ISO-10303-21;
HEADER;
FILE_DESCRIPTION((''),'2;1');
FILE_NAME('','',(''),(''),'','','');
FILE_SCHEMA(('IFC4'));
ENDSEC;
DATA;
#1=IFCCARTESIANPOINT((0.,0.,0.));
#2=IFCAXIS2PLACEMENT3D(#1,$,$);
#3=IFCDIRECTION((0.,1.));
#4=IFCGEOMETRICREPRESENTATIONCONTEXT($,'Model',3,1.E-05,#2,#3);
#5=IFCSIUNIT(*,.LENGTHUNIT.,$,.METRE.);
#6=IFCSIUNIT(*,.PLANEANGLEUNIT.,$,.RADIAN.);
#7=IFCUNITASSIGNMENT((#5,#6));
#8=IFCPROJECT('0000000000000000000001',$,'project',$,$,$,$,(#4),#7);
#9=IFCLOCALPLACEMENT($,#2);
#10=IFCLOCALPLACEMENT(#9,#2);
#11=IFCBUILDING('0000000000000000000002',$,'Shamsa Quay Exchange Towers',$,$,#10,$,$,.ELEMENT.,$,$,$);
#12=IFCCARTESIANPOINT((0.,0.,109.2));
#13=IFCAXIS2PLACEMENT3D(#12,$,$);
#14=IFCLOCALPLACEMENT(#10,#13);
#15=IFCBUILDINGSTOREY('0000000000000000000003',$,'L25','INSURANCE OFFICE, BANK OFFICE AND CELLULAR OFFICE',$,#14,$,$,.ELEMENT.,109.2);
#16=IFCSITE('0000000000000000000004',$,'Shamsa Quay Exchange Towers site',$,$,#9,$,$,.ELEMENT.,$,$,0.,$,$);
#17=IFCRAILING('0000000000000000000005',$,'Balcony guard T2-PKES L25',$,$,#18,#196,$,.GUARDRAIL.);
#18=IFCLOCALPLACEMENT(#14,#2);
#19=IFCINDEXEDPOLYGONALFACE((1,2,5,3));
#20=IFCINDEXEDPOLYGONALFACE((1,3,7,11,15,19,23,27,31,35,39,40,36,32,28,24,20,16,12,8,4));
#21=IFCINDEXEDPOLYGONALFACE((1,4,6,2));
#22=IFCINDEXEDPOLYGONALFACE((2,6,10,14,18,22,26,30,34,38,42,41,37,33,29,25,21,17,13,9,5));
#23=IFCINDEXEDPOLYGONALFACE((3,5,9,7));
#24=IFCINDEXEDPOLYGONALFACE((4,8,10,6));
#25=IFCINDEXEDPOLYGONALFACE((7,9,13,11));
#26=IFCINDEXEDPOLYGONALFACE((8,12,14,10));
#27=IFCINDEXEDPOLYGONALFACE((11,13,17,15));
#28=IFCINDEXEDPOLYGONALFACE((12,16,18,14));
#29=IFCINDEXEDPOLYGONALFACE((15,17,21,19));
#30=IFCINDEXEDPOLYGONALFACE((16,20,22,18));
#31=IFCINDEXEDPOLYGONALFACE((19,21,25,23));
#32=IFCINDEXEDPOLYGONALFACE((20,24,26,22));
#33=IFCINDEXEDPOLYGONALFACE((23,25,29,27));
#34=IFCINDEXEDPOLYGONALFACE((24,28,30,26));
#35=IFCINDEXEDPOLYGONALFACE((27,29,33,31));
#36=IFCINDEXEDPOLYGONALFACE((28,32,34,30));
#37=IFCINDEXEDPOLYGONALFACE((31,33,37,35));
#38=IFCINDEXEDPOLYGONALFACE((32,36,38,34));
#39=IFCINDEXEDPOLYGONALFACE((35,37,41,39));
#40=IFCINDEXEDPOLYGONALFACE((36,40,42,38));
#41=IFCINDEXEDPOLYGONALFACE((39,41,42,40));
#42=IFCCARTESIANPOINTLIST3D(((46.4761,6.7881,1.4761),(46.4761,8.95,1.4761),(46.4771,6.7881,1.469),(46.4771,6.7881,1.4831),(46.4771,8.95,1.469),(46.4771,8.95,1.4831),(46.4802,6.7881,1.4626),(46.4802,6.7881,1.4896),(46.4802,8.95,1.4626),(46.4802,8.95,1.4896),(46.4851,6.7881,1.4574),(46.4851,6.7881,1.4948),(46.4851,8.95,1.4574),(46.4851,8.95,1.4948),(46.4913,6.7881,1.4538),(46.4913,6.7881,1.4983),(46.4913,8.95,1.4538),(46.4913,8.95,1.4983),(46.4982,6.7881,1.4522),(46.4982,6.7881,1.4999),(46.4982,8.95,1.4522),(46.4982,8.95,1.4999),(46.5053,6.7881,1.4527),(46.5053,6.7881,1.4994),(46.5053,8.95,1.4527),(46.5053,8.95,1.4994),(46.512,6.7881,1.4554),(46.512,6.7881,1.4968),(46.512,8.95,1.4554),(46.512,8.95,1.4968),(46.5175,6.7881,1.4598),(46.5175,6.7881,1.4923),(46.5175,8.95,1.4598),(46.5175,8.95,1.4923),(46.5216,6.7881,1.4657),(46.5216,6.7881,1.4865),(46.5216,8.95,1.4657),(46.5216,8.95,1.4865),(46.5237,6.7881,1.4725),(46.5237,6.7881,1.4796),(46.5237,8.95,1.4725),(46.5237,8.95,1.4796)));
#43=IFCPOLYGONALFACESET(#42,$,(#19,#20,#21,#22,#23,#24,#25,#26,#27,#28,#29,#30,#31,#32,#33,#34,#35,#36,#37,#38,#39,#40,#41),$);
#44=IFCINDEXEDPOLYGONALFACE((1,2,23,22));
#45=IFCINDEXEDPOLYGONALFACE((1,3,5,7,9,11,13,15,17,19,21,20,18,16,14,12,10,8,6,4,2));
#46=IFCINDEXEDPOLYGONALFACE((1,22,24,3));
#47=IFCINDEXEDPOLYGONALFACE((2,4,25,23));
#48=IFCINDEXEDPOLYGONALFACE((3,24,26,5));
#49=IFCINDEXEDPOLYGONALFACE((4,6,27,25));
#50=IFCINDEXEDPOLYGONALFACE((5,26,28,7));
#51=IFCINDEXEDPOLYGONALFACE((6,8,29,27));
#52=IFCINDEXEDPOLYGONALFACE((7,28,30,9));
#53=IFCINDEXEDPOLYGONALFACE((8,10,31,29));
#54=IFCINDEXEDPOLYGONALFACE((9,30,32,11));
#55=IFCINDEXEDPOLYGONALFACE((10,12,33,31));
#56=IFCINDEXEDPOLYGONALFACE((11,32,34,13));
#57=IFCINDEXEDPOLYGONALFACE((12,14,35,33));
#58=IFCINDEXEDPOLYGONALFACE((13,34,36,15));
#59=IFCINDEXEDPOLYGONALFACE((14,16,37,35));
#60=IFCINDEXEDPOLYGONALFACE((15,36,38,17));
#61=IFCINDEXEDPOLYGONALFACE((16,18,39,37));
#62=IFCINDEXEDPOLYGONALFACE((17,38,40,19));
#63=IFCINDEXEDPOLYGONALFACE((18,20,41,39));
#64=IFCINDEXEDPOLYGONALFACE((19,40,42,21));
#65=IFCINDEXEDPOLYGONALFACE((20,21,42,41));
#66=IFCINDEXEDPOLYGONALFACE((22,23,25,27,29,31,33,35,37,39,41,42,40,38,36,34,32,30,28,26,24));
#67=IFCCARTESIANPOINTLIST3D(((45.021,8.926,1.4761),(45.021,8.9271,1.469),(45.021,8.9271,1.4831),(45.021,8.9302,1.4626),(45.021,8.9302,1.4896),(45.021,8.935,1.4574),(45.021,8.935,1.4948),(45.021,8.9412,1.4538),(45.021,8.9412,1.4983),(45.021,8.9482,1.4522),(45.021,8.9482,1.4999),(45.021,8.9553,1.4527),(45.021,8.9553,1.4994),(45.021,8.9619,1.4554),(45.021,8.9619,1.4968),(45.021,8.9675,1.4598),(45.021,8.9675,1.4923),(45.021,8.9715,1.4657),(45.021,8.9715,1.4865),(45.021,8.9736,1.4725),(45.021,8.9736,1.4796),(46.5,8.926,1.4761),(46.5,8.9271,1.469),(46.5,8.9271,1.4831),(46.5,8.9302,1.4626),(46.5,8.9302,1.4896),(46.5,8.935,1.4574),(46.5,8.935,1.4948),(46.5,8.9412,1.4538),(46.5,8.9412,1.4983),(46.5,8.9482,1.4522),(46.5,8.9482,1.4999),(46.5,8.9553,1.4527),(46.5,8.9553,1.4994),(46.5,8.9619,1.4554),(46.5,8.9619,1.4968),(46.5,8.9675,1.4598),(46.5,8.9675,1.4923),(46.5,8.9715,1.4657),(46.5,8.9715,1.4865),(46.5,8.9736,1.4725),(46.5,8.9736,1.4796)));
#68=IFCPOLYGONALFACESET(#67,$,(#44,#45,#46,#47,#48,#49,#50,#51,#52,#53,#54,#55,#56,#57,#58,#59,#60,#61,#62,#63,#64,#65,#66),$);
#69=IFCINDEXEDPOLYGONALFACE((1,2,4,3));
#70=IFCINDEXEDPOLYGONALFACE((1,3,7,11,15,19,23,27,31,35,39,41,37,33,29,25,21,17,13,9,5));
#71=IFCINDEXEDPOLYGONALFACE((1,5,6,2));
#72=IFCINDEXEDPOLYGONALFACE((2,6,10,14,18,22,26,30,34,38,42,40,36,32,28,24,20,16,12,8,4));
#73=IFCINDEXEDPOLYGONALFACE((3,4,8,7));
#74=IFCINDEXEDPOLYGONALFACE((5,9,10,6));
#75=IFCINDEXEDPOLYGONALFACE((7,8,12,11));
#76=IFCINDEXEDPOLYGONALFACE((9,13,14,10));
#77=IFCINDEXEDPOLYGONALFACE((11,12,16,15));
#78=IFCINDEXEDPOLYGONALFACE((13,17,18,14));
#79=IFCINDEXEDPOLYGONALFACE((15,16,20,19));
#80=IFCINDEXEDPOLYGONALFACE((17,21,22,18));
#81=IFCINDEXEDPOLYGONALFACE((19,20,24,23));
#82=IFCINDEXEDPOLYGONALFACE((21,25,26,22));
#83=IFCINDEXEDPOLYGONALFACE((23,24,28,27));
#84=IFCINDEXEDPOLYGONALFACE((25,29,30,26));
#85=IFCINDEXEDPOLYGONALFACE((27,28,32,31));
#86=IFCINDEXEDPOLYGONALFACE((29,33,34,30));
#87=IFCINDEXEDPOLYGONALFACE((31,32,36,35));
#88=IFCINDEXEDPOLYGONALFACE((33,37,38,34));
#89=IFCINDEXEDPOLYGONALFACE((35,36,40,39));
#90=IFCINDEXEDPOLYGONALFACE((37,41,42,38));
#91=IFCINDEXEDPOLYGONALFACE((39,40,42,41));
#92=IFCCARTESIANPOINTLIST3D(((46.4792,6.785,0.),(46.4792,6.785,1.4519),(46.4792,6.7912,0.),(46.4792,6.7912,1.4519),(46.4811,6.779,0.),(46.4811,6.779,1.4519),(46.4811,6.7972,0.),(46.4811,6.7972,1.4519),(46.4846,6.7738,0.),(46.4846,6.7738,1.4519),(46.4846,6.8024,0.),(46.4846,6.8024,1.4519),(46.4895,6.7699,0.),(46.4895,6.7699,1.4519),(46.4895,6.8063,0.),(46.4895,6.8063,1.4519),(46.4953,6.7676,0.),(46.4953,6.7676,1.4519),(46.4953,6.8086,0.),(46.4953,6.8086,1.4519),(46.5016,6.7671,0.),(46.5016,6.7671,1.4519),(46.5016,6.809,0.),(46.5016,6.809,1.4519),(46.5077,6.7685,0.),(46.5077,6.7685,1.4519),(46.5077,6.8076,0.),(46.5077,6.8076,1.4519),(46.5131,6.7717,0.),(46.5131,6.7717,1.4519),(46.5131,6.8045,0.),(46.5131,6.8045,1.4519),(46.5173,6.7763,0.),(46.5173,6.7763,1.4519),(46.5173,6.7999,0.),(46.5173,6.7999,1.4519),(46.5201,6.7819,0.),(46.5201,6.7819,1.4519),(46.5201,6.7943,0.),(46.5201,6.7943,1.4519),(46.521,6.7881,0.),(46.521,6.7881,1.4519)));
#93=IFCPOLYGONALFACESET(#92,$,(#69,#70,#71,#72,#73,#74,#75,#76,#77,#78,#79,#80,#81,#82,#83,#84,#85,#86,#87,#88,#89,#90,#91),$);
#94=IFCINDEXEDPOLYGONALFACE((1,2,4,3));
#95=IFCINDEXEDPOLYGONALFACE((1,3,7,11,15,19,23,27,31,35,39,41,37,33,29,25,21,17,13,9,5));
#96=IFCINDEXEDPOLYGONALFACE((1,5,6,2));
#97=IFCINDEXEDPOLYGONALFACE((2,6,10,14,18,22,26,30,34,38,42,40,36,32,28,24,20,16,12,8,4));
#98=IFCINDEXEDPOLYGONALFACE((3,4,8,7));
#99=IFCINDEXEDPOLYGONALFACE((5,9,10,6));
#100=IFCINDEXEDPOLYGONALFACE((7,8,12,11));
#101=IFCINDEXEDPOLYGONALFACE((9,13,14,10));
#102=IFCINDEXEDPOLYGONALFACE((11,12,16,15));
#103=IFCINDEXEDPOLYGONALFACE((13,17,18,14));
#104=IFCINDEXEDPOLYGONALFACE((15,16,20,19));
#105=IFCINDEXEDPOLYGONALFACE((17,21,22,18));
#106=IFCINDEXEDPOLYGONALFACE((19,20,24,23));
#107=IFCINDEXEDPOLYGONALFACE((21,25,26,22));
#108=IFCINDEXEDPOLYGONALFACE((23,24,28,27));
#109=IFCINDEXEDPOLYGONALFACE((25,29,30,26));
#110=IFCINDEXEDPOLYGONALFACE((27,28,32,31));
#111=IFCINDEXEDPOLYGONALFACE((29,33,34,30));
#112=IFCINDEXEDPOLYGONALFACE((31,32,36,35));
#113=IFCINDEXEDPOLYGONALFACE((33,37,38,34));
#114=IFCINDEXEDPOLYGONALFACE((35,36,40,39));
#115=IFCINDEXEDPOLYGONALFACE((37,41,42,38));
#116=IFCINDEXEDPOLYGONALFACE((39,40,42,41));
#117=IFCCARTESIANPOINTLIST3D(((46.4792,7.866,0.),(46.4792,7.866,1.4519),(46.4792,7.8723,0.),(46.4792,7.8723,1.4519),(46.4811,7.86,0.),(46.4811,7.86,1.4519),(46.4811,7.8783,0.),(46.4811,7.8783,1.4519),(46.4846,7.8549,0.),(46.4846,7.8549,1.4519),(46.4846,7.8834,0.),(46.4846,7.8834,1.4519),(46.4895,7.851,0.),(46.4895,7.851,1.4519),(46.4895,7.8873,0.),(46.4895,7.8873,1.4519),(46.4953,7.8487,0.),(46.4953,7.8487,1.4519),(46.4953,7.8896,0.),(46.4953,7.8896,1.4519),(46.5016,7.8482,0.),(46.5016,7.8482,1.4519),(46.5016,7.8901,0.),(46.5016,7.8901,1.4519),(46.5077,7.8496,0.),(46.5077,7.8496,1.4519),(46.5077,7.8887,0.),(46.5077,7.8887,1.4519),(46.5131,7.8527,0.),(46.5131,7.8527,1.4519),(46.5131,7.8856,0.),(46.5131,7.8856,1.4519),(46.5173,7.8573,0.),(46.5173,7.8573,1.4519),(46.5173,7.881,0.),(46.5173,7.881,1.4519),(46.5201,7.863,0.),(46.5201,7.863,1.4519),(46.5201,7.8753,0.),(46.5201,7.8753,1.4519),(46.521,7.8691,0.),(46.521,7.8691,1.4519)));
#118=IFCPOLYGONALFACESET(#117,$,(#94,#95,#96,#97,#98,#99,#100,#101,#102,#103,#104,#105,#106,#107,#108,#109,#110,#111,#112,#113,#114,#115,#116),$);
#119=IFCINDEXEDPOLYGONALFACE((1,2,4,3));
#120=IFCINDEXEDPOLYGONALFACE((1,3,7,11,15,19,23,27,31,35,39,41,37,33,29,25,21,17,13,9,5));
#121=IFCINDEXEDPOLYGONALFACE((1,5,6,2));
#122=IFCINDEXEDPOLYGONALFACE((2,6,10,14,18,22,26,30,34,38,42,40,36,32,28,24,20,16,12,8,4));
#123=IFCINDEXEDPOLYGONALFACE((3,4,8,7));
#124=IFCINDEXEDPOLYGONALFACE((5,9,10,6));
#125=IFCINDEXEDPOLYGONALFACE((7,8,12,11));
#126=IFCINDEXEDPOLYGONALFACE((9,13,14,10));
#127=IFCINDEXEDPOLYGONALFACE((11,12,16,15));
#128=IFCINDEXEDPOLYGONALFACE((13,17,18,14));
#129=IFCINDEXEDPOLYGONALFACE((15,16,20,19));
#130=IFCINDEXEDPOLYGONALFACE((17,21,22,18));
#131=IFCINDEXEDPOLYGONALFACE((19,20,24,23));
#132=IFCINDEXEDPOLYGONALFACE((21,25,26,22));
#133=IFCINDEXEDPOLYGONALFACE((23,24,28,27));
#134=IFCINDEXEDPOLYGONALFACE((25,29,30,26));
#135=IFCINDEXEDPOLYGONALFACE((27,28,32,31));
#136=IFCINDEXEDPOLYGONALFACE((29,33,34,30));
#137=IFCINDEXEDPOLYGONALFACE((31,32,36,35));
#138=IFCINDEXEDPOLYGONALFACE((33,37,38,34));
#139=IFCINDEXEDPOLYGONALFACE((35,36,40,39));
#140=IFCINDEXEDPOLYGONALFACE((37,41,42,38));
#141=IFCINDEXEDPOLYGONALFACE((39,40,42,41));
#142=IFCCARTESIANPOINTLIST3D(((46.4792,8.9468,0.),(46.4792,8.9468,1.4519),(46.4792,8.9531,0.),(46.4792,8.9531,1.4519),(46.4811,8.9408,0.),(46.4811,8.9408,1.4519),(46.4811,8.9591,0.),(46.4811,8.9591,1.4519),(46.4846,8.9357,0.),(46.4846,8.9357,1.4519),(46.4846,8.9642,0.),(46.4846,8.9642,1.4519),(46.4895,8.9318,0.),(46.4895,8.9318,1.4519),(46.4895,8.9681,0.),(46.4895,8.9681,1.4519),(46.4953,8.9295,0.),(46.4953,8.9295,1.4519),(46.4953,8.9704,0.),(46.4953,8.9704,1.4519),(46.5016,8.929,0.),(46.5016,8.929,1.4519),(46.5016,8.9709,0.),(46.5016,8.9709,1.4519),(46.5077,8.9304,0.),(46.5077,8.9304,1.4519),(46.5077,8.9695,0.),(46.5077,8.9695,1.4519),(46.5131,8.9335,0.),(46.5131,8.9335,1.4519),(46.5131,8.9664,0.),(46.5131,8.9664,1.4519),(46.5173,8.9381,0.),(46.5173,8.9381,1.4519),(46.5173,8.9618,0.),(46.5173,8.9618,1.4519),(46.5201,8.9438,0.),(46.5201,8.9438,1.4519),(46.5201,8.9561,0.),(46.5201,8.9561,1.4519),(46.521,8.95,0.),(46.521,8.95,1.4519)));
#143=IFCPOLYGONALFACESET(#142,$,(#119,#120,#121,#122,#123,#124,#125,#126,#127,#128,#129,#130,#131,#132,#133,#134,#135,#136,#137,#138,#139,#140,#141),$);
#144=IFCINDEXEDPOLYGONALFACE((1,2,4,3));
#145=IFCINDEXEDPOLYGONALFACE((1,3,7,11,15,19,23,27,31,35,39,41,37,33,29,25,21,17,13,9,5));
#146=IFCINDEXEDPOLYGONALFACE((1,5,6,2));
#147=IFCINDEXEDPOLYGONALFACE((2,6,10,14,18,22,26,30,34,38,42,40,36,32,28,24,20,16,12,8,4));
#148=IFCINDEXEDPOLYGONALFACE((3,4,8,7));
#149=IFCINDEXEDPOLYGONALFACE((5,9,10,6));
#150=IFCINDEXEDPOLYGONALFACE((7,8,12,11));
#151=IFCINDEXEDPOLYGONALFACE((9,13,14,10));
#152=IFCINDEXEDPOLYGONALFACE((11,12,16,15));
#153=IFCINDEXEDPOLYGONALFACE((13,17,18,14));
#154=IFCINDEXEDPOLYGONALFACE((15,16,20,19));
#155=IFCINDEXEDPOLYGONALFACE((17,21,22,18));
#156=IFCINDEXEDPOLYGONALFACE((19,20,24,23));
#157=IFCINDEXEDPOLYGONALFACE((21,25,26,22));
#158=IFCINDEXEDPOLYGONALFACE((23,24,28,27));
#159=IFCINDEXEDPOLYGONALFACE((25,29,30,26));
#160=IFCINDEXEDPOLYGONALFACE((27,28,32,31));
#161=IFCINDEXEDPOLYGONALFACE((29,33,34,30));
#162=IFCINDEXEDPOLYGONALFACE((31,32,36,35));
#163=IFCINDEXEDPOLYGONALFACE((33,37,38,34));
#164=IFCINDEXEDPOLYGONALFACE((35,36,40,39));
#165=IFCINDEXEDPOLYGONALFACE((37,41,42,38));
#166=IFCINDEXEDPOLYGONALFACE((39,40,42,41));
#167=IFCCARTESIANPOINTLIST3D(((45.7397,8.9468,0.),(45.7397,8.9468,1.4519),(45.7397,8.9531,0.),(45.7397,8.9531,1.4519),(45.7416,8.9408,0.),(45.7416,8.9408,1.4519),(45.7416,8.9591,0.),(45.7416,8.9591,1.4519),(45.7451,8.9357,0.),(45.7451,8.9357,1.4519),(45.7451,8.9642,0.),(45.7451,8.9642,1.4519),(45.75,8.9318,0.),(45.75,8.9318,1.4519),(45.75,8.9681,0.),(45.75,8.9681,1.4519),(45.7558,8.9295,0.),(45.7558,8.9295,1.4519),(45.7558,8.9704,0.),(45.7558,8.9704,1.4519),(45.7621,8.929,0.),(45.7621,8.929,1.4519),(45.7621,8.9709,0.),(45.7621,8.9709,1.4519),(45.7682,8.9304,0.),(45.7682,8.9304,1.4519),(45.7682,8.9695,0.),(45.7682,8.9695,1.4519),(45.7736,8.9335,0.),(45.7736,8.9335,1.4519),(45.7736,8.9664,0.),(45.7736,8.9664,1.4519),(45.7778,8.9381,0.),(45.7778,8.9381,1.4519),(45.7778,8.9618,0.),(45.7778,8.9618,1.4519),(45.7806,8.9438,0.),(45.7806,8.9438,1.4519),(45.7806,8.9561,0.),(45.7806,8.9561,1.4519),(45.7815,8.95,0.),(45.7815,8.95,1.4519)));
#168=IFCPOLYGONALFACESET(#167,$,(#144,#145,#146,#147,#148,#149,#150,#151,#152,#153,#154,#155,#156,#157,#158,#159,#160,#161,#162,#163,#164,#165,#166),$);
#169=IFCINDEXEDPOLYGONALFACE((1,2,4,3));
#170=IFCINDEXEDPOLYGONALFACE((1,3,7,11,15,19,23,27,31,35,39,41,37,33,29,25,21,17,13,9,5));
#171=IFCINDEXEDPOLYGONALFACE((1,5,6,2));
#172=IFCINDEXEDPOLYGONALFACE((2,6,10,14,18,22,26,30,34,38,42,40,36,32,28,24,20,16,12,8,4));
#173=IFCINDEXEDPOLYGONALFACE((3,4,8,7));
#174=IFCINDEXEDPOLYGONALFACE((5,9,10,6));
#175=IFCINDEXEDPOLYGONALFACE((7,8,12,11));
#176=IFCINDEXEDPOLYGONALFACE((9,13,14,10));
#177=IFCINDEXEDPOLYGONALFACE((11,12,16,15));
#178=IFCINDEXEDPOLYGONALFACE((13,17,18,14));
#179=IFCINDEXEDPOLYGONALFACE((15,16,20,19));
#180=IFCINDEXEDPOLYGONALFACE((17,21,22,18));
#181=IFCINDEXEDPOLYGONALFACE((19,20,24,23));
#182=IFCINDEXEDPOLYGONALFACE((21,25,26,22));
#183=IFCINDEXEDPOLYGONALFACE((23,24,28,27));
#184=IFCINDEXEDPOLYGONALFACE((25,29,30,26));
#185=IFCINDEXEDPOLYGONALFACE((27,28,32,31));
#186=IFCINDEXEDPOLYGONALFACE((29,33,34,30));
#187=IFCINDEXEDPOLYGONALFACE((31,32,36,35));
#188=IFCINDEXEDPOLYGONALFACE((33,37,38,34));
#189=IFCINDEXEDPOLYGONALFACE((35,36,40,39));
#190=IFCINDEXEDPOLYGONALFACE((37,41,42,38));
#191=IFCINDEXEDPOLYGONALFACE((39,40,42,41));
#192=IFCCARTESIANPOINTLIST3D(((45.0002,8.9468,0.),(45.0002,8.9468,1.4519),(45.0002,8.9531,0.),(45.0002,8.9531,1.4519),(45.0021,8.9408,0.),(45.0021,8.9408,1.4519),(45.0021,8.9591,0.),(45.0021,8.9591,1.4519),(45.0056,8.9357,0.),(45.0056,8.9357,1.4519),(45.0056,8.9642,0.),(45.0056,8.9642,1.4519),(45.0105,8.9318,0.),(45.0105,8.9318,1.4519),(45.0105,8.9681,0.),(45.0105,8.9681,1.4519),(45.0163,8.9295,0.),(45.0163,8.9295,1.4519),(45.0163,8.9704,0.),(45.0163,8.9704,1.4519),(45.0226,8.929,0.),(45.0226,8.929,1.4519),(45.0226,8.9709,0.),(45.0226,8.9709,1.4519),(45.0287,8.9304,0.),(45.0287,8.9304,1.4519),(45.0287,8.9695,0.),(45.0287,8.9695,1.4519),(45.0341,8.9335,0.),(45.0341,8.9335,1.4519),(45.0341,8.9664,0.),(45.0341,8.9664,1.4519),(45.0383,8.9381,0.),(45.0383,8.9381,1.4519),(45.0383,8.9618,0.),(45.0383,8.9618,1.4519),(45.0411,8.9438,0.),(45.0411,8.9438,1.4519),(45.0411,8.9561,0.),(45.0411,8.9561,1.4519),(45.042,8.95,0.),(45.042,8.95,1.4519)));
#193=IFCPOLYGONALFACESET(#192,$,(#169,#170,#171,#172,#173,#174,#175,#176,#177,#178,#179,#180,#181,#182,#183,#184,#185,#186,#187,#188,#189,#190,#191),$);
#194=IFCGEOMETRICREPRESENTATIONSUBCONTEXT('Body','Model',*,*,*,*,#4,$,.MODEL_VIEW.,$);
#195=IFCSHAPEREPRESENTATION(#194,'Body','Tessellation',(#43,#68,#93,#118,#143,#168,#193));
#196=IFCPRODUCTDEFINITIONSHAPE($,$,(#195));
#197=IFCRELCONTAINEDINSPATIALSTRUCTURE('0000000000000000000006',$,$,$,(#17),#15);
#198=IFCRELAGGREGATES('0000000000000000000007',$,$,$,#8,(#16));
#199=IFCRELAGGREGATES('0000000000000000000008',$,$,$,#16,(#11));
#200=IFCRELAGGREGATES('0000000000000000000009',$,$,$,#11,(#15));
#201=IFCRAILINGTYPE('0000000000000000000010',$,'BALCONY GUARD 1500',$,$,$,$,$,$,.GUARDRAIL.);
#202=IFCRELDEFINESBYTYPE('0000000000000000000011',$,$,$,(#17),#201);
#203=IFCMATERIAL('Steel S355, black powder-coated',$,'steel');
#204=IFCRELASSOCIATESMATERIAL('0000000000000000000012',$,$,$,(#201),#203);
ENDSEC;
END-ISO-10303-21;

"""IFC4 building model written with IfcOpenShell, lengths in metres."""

from ifc_helpers import new_model, si_unit, direction, frame, origin, origin_2d, place, context, subcontext, project, spatial, circle, extrude, material, type_object, element, save


model = new_model("IFC4")

# Units and contexts
model_context = context("Model", 3, precision=1e-05, world=origin(), true_north=direction((0.0, 1.0)))
body_context = subcontext(model_context, "Body", "Model", "MODEL_VIEW")
ifc_project = project(units=[si_unit("LENGTHUNIT", "METRE"), si_unit("PLANEANGLEUNIT", "RADIAN")], contexts=[model_context])

# Site, building, storey
site_placement = place(None, origin())
site = spatial("IfcSite", under=ifc_project, at=site_placement, Name="Shamsa Quay Exchange Towers site", CompositionType="ELEMENT", RefElevation=0.0)
building_placement = place(site_placement, origin())
building = spatial("IfcBuilding", under=site, at=building_placement, Name="Shamsa Quay Exchange Towers", CompositionType="ELEMENT")
storey_placement = place(building_placement, frame((0.0, 0.0, 109.2)))
storey = spatial("IfcBuildingStorey", under=building, at=storey_placement, Name="L25", Description="INSURANCE OFFICE, BANK OFFICE AND CELLULAR OFFICE", CompositionType="ELEMENT", Elevation=109.2)

# Railing
ifc_material_1 = material(Name="Steel S355, black powder-coated", Category="steel")
railing_type_1 = type_object("IfcRailingType", Name="BALCONY GUARD 1500", PredefinedType="GUARDRAIL", material=ifc_material_1)
railing_1_placement = place(storey_placement, frame((46.5, 6.7881, 0.0)))
element("IfcRailing", 1, at=railing_1_placement, inside=storey, type_object=railing_type_1, Name="Balcony guard T2-PKES L25", PredefinedType="GUARDRAIL", context=body_context, shape_type="SweptSolid", body=[
    extrude(circle(Radius=0.0239, at=origin_2d()), frame((0.0, 0.0, 1.4761), z_axis=(0.0, 1.0, 0.0), x_axis=(-1.0, 0.0, 0.0)), (0.0, 0.0, 1.0), 2.1619),
    extrude(circle(Radius=0.0239, at=origin_2d()), frame((0.0, 2.1619, 1.4761), z_axis=(-1.0, 0.0, 0.0), x_axis=(0.0, -1.0, 0.0)), (0.0, 0.0, 1.0), 1.479),
    extrude(circle(Radius=0.021, at=origin_2d()), origin(), (0.0, 0.0, 1.0), 1.4519),
    extrude(circle(Radius=0.021, at=origin_2d()), frame((0.0, 1.0811, 0.0)), (0.0, 0.0, 1.0), 1.4519),
    extrude(circle(Radius=0.021, at=origin_2d()), frame((0.0, 2.1619, 0.0)), (0.0, 0.0, 1.0), 1.4519),
    extrude(circle(Radius=0.021, at=origin_2d()), frame((-0.7395, 2.1619, 0.0)), (0.0, 0.0, 1.0), 1.4519),
    extrude(circle(Radius=0.021, at=origin_2d()), frame((-1.479, 2.1619, 0.0)), (0.0, 0.0, 1.0), 1.4519),
])

save(model, "model.ifc")
